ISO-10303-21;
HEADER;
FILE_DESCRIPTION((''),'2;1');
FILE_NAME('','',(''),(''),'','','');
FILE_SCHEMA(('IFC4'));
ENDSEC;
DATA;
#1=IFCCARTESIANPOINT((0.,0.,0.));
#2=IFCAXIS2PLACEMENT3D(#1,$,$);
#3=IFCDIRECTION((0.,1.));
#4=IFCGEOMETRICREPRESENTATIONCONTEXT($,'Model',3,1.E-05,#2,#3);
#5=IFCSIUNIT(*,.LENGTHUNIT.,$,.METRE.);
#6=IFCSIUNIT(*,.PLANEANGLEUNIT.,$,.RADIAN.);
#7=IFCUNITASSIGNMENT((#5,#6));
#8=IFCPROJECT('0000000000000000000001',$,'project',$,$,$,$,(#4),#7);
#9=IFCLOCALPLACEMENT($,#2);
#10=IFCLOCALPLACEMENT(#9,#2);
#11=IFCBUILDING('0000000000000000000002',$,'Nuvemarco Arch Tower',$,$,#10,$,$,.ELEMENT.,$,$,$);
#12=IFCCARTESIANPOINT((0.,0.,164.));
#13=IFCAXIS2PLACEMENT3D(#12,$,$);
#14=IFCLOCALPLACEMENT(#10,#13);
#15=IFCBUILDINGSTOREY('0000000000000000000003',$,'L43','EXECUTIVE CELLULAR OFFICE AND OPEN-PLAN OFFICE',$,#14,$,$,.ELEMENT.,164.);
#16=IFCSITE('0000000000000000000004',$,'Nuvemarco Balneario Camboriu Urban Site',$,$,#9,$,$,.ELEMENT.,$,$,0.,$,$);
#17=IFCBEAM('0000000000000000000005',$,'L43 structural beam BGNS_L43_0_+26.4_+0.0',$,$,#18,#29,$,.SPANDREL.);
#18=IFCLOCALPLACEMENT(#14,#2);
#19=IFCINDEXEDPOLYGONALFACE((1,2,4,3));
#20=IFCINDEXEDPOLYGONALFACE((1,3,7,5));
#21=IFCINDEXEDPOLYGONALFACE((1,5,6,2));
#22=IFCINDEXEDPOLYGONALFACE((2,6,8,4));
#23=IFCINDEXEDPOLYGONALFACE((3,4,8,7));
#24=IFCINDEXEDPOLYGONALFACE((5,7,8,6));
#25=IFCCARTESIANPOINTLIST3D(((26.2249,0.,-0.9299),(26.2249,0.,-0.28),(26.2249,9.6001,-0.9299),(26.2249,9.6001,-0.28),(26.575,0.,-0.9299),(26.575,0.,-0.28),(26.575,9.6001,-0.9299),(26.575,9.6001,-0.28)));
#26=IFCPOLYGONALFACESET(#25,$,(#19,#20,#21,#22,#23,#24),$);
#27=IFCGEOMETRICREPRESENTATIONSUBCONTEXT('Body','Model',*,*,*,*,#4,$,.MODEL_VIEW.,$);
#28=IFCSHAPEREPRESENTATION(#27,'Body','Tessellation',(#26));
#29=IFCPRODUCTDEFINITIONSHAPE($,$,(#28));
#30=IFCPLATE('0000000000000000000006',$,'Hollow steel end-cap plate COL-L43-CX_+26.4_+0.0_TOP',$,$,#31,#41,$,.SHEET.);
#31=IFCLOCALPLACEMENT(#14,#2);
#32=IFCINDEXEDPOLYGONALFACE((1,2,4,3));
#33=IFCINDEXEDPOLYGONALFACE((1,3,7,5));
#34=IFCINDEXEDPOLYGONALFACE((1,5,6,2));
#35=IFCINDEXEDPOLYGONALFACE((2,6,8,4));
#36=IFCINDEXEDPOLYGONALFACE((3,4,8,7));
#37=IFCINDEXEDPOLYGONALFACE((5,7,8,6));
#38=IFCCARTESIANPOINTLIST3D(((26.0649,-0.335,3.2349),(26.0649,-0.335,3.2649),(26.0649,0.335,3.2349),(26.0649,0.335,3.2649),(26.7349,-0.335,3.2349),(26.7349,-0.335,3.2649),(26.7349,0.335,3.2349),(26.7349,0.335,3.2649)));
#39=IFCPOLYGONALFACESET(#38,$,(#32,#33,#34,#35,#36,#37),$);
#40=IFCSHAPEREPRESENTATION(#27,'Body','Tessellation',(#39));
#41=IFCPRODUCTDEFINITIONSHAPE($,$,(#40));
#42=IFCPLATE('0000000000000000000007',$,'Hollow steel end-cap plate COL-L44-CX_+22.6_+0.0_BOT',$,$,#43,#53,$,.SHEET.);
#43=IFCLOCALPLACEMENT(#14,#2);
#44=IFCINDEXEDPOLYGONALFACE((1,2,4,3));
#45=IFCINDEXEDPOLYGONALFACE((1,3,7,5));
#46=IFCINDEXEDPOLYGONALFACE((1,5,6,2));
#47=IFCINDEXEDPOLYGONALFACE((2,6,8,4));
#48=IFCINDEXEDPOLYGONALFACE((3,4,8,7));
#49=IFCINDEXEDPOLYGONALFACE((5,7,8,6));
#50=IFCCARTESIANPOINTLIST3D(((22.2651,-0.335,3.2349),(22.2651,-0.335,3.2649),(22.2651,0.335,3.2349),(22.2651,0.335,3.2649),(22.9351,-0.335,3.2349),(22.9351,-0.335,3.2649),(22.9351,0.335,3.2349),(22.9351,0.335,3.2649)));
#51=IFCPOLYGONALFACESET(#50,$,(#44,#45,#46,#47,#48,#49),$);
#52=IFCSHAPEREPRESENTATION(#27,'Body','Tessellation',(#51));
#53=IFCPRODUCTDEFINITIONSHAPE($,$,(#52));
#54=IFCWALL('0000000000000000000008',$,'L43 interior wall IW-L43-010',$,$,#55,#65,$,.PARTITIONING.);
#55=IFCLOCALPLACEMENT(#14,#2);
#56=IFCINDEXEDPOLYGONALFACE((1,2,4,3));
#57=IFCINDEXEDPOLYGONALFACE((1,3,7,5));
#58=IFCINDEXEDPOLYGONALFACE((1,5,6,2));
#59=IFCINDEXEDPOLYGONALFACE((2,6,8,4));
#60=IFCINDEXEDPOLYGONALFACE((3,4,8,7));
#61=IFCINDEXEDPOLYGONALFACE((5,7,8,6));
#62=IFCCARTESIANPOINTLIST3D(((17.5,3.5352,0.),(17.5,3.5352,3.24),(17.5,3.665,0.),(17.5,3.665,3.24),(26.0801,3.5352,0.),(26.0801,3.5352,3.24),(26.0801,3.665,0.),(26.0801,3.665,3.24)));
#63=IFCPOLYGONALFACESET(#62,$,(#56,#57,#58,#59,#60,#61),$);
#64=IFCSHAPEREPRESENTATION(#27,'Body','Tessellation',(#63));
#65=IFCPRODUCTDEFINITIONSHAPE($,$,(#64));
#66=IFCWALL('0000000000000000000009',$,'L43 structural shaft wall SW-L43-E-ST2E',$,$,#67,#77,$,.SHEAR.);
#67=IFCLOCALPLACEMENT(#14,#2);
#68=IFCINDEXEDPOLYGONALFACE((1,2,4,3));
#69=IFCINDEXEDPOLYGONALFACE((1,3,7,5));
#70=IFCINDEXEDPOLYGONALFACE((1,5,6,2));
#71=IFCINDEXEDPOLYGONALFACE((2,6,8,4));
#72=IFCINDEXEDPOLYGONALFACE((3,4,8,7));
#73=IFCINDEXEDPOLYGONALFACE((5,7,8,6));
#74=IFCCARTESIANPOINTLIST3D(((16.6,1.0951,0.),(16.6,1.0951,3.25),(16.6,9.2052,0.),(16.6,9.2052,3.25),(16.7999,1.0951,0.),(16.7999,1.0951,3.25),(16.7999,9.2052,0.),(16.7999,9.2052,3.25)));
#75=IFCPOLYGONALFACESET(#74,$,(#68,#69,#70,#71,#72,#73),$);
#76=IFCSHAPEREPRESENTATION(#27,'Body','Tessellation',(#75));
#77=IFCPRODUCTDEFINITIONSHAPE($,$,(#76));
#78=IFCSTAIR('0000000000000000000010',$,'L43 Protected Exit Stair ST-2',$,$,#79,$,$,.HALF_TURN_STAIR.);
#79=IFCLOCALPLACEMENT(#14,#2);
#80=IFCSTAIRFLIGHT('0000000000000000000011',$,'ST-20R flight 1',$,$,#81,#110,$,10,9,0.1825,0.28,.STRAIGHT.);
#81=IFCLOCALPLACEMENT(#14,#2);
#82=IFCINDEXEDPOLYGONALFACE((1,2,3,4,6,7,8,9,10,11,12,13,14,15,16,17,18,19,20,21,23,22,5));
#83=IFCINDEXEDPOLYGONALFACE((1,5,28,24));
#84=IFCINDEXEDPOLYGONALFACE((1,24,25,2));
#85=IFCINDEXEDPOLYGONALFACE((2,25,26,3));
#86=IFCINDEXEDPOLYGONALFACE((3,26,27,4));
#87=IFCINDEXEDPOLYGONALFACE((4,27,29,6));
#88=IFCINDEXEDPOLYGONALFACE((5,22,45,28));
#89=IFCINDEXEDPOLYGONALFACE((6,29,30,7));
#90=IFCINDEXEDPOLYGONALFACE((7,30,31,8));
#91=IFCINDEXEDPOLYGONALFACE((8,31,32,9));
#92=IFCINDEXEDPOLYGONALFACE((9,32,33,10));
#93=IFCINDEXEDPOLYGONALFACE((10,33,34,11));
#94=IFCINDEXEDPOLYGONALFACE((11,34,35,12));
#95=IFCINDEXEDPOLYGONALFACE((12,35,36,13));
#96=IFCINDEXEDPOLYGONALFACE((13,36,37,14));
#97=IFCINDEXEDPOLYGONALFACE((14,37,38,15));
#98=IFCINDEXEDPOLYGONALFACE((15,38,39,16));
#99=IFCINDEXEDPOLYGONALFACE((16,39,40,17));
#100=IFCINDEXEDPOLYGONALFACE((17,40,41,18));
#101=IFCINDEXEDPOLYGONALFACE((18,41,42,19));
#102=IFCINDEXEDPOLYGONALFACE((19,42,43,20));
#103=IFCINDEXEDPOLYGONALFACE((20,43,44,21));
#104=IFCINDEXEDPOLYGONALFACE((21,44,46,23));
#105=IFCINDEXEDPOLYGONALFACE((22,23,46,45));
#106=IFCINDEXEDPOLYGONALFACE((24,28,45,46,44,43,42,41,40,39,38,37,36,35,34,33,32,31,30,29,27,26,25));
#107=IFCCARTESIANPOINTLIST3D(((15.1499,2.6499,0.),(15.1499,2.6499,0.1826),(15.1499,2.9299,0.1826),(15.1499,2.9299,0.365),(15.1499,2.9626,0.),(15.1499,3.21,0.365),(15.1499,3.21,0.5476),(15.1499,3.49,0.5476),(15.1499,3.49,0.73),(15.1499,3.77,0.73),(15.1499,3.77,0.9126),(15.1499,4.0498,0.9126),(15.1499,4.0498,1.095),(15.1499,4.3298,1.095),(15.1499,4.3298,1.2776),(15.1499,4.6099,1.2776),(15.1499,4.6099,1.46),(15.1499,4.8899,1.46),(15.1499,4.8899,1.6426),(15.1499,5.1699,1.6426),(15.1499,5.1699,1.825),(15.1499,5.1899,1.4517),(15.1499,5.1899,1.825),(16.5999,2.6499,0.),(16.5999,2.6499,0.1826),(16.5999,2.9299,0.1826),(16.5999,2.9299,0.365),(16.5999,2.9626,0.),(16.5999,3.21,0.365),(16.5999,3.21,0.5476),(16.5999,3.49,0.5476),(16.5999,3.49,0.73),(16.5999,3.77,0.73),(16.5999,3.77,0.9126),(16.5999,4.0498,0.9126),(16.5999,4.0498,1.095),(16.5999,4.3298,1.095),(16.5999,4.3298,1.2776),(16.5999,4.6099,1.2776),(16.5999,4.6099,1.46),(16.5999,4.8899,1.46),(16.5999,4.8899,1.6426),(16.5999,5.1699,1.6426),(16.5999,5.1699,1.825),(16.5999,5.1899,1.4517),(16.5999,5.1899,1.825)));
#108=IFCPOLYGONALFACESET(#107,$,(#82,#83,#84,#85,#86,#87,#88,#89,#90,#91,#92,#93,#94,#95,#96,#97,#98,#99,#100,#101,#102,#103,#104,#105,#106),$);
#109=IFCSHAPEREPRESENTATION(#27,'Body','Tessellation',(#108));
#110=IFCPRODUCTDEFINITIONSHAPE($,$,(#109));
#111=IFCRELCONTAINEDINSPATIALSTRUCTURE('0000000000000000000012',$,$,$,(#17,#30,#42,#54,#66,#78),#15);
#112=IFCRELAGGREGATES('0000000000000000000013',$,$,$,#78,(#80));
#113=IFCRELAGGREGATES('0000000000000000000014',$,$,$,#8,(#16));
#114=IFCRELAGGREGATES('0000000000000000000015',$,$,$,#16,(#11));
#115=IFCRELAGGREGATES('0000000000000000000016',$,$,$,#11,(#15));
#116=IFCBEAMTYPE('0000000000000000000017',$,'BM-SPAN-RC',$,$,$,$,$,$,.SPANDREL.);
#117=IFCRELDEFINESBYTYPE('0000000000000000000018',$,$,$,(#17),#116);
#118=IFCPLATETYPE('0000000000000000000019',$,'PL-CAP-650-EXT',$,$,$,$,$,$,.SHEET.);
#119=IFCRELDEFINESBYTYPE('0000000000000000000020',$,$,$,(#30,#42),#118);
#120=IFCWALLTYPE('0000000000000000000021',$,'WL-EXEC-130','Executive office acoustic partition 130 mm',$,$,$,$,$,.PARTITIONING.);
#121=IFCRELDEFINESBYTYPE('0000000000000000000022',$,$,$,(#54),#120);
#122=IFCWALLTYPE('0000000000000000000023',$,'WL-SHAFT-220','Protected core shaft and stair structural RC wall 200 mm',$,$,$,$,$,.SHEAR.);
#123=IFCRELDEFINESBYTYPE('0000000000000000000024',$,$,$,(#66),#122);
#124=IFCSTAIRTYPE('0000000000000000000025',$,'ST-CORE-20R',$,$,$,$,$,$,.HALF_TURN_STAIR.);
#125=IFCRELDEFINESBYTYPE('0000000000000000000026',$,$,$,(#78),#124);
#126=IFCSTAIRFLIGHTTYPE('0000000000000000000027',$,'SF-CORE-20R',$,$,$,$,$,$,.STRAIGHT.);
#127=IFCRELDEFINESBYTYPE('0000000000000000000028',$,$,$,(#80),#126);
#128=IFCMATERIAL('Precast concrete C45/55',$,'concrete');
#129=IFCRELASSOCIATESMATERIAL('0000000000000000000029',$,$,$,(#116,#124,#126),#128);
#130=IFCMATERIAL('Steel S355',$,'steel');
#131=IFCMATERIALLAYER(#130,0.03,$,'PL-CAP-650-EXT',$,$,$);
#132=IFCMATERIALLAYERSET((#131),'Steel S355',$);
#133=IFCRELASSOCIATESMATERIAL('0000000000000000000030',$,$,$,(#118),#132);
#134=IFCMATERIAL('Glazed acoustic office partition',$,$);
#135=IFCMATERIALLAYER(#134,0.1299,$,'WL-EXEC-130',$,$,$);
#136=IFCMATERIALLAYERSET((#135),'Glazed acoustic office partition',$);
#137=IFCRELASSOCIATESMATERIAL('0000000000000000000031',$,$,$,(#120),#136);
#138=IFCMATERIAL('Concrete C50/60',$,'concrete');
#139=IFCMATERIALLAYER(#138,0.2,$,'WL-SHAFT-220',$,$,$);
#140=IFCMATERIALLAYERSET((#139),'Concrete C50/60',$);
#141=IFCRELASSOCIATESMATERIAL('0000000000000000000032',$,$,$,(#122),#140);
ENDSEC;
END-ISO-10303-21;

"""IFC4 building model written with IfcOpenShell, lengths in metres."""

from ifc_helpers import new_model, si_unit, direction, frame, frame_2d, origin, origin_2d, place, context, subcontext, project, spatial, polyline, rectangle, outline, extrude, source, transform, mapped, material, layer, layer_set, material_profile, profile_set, type_object, type_shapes, element, aggregate, save


model = new_model("IFC4")

# Units and contexts
model_context = context("Model", 3, precision=1e-05, world=origin(), true_north=direction((0.0, 1.0)))
body_context = subcontext(model_context, "Body", "Model", "MODEL_VIEW")
ifc_project = project(units=[si_unit("LENGTHUNIT", "METRE"), si_unit("PLANEANGLEUNIT", "RADIAN")], contexts=[model_context])

# Site, building, storey
site_placement = place(None, origin())
site = spatial("IfcSite", under=ifc_project, at=site_placement, Name="Nuvemarco Balneario Camboriu Urban Site", CompositionType="ELEMENT", RefElevation=0.0)
building_placement = place(site_placement, origin())
building = spatial("IfcBuilding", under=site, at=building_placement, Name="Nuvemarco Arch Tower", CompositionType="ELEMENT")
storey_placement = place(building_placement, frame((0.0, 0.0, 164.0)))
storey = spatial("IfcBuildingStorey", under=building, at=storey_placement, Name="L43", Description="EXECUTIVE CELLULAR OFFICE AND OPEN-PLAN OFFICE", CompositionType="ELEMENT", Elevation=164.0)

# Shared definitions
ifc_material_1 = material(Name="Concrete C50/60", Category="concrete")
ifc_material_2 = material(Name="Steel S355", Category="steel")

# Beam
ifc_material_3 = material(Name="Precast concrete C45/55", Category="concrete")
ifc_material_profile_1 = material_profile(ifc_material_3, rectangle(XDim=0.3501, YDim=0.6499, at=origin_2d()), Name="PC-SP-350x650")
ifc_profile_set_1 = profile_set([ifc_material_profile_1], Name="Precast concrete C45/55")
beam_type_1 = type_object("IfcBeamType", Name="BM-SPAN-RC", PredefinedType="SPANDREL", material=ifc_profile_set_1)
beam_1_placement = place(storey_placement, frame((26.3999, 0.0, -0.605), z_axis=(0.0, 1.0, 0.0), x_axis=(-1.0, 0.0, 0.0)))
element("IfcBeam", 1, at=beam_1_placement, inside=storey, type_object=beam_type_1, Name="L43 structural beam BGNS_L43_0_+26.4_+0.0", PredefinedType="SPANDREL", context=body_context, shape_type="SweptSolid", body=[
    extrude(rectangle(XDim=0.3501, YDim=0.6499, at=origin_2d()), origin(), (0.0, 0.0, 1.0), 9.6001),
])

# Plates
ifc_layer_1 = layer(ifc_material_2, 0.03, Name="PL-CAP-650-EXT")
ifc_layer_set_1 = layer_set([ifc_layer_1], Name="Steel S355")
plate_type = type_object("IfcPlateType", Name="PL-CAP-650-EXT", PredefinedType="SHEET", material=ifc_layer_set_1)
shared_shape_1 = source(origin(), body_context, "Body", "SweptSolid", [
    extrude(rectangle(XDim=0.6699, YDim=0.6699, at=origin_2d()), origin(), (0.0, 0.0, 1.0), 0.03),
])
type_shapes(plate_type, [shared_shape_1])
for number, where, z_axis, x_axis, name in (
    (2, (26.3999, 0.0, 3.2349), (0.0, 0.0, 1.0), (1.0, 0.0, 0.0), "Hollow steel end-cap plate COL-L43-CX_+26.4_+0.0_TOP"),
    (3, (22.6001, 0.0, 3.2349), (0.0, 0.0, 1.0), (1.0, 0.0, 0.0), "Hollow steel end-cap plate COL-L44-CX_+22.6_+0.0_BOT"),
):
    element("IfcPlate", number, at=place(storey_placement, frame(where, z_axis=z_axis, x_axis=x_axis)), inside=storey, type_object=plate_type, Name=name, PredefinedType="SHEET", context=body_context, shape_type="MappedRepresentation", body=[
        mapped(shared_shape_1, transform((0.0, 0.0, 0.0), scale=1.0)),
    ])

# Walls
ifc_material_4 = material(Name="Glazed acoustic office partition")
ifc_layer_2 = layer(ifc_material_4, 0.1299, Name="WL-EXEC-130")
ifc_layer_set_2 = layer_set([ifc_layer_2], Name="Glazed acoustic office partition")
wall_type_1 = type_object("IfcWallType", Name="WL-EXEC-130", Description="Executive office acoustic partition 130 mm", PredefinedType="PARTITIONING", material=ifc_layer_set_2)
wall_1_placement = place(storey_placement, frame((17.5, 3.6001, 0.0), z_axis=(0.0, 0.0, 1.0), x_axis=(1.0, 0.0, 0.0)))
element("IfcWall", 4, at=wall_1_placement, inside=storey, type_object=wall_type_1, Name="L43 interior wall IW-L43-010", PredefinedType="PARTITIONING", context=body_context, shape_type="SweptSolid", body=[
    extrude(rectangle(XDim=8.5801, YDim=0.1299, at=frame_2d((4.29, 0.0))), origin(), (0.0, 0.0, 1.0), 3.24),
])
ifc_layer_3 = layer(ifc_material_1, 0.2, Name="WL-SHAFT-220")
ifc_layer_set_3 = layer_set([ifc_layer_3], Name="Concrete C50/60")
wall_type_2 = type_object("IfcWallType", Name="WL-SHAFT-220", Description="Protected core shaft and stair structural RC wall 200 mm", PredefinedType="SHEAR", material=ifc_layer_set_3)
wall_2_placement = place(storey_placement, frame((16.7, 1.095, 0.0), z_axis=(0.0, 0.0, 1.0), x_axis=(0.0, 1.0, 0.0)))
element("IfcWall", 5, at=wall_2_placement, inside=storey, type_object=wall_type_2, Name="L43 structural shaft wall SW-L43-E-ST2E", PredefinedType="SHEAR", context=body_context, shape_type="SweptSolid", body=[
    extrude(rectangle(XDim=8.1101, YDim=0.2, at=frame_2d((4.0552, 0.0))), origin(), (0.0, 0.0, 1.0), 3.25),
])

# Stair, stair flight
stair_type = type_object("IfcStairType", Name="ST-CORE-20R", PredefinedType="HALF_TURN_STAIR", material=ifc_material_3)
stair_placement = place(storey_placement, origin())
stair = element("IfcStair", 6, at=stair_placement, inside=storey, type_object=stair_type, Name="L43 Protected Exit Stair ST-2", PredefinedType="HALF_TURN_STAIR")
stair_flight_type = type_object("IfcStairFlightType", Name="SF-CORE-20R", PredefinedType="STRAIGHT", material=ifc_material_3)
stair_flight_placement = place(storey_placement, frame((15.875, 2.6499, 0.0), z_axis=(0.0, 0.0, 1.0), x_axis=(0.0, 1.0, 0.0)))
stair_flight = element("IfcStairFlight", 7, at=stair_flight_placement, type_object=stair_flight_type, Name="ST-20R flight 1", NumberOfRisers=10, NumberOfTreads=9, PredefinedType="STRAIGHT", RiserHeight=0.1825, TreadLength=0.28, context=body_context, shape_type="SweptSolid", body=[
    extrude(outline(polyline([(0.0, 0.0), (0.0, 0.1826), (0.28, 0.1826), (0.28, 0.365), (0.5601, 0.365), (0.5601, 0.5476), (0.8401, 0.5476), (0.8401, 0.73), (1.1201, 0.73), (1.1201, 0.9126), (1.3999, 0.9126), (1.3999, 1.095), (1.6799, 1.095), (1.6799, 1.2776), (1.96, 1.2776), (1.96, 1.46), (2.24, 1.46), (2.24, 1.6426), (2.52, 1.6426), (2.52, 1.825), (2.54, 1.825), (2.54, 1.4517), (0.3127, 0.0), (0.0, 0.0)])), frame((0.0, 0.7251, 0.0), z_axis=(0.0, -1.0, 0.0), x_axis=(1.0, 0.0, 0.0)), (0.0, 0.0, 1.0), 1.45),
])
aggregate(stair, [stair_flight])

save(model, "model.ifc")
